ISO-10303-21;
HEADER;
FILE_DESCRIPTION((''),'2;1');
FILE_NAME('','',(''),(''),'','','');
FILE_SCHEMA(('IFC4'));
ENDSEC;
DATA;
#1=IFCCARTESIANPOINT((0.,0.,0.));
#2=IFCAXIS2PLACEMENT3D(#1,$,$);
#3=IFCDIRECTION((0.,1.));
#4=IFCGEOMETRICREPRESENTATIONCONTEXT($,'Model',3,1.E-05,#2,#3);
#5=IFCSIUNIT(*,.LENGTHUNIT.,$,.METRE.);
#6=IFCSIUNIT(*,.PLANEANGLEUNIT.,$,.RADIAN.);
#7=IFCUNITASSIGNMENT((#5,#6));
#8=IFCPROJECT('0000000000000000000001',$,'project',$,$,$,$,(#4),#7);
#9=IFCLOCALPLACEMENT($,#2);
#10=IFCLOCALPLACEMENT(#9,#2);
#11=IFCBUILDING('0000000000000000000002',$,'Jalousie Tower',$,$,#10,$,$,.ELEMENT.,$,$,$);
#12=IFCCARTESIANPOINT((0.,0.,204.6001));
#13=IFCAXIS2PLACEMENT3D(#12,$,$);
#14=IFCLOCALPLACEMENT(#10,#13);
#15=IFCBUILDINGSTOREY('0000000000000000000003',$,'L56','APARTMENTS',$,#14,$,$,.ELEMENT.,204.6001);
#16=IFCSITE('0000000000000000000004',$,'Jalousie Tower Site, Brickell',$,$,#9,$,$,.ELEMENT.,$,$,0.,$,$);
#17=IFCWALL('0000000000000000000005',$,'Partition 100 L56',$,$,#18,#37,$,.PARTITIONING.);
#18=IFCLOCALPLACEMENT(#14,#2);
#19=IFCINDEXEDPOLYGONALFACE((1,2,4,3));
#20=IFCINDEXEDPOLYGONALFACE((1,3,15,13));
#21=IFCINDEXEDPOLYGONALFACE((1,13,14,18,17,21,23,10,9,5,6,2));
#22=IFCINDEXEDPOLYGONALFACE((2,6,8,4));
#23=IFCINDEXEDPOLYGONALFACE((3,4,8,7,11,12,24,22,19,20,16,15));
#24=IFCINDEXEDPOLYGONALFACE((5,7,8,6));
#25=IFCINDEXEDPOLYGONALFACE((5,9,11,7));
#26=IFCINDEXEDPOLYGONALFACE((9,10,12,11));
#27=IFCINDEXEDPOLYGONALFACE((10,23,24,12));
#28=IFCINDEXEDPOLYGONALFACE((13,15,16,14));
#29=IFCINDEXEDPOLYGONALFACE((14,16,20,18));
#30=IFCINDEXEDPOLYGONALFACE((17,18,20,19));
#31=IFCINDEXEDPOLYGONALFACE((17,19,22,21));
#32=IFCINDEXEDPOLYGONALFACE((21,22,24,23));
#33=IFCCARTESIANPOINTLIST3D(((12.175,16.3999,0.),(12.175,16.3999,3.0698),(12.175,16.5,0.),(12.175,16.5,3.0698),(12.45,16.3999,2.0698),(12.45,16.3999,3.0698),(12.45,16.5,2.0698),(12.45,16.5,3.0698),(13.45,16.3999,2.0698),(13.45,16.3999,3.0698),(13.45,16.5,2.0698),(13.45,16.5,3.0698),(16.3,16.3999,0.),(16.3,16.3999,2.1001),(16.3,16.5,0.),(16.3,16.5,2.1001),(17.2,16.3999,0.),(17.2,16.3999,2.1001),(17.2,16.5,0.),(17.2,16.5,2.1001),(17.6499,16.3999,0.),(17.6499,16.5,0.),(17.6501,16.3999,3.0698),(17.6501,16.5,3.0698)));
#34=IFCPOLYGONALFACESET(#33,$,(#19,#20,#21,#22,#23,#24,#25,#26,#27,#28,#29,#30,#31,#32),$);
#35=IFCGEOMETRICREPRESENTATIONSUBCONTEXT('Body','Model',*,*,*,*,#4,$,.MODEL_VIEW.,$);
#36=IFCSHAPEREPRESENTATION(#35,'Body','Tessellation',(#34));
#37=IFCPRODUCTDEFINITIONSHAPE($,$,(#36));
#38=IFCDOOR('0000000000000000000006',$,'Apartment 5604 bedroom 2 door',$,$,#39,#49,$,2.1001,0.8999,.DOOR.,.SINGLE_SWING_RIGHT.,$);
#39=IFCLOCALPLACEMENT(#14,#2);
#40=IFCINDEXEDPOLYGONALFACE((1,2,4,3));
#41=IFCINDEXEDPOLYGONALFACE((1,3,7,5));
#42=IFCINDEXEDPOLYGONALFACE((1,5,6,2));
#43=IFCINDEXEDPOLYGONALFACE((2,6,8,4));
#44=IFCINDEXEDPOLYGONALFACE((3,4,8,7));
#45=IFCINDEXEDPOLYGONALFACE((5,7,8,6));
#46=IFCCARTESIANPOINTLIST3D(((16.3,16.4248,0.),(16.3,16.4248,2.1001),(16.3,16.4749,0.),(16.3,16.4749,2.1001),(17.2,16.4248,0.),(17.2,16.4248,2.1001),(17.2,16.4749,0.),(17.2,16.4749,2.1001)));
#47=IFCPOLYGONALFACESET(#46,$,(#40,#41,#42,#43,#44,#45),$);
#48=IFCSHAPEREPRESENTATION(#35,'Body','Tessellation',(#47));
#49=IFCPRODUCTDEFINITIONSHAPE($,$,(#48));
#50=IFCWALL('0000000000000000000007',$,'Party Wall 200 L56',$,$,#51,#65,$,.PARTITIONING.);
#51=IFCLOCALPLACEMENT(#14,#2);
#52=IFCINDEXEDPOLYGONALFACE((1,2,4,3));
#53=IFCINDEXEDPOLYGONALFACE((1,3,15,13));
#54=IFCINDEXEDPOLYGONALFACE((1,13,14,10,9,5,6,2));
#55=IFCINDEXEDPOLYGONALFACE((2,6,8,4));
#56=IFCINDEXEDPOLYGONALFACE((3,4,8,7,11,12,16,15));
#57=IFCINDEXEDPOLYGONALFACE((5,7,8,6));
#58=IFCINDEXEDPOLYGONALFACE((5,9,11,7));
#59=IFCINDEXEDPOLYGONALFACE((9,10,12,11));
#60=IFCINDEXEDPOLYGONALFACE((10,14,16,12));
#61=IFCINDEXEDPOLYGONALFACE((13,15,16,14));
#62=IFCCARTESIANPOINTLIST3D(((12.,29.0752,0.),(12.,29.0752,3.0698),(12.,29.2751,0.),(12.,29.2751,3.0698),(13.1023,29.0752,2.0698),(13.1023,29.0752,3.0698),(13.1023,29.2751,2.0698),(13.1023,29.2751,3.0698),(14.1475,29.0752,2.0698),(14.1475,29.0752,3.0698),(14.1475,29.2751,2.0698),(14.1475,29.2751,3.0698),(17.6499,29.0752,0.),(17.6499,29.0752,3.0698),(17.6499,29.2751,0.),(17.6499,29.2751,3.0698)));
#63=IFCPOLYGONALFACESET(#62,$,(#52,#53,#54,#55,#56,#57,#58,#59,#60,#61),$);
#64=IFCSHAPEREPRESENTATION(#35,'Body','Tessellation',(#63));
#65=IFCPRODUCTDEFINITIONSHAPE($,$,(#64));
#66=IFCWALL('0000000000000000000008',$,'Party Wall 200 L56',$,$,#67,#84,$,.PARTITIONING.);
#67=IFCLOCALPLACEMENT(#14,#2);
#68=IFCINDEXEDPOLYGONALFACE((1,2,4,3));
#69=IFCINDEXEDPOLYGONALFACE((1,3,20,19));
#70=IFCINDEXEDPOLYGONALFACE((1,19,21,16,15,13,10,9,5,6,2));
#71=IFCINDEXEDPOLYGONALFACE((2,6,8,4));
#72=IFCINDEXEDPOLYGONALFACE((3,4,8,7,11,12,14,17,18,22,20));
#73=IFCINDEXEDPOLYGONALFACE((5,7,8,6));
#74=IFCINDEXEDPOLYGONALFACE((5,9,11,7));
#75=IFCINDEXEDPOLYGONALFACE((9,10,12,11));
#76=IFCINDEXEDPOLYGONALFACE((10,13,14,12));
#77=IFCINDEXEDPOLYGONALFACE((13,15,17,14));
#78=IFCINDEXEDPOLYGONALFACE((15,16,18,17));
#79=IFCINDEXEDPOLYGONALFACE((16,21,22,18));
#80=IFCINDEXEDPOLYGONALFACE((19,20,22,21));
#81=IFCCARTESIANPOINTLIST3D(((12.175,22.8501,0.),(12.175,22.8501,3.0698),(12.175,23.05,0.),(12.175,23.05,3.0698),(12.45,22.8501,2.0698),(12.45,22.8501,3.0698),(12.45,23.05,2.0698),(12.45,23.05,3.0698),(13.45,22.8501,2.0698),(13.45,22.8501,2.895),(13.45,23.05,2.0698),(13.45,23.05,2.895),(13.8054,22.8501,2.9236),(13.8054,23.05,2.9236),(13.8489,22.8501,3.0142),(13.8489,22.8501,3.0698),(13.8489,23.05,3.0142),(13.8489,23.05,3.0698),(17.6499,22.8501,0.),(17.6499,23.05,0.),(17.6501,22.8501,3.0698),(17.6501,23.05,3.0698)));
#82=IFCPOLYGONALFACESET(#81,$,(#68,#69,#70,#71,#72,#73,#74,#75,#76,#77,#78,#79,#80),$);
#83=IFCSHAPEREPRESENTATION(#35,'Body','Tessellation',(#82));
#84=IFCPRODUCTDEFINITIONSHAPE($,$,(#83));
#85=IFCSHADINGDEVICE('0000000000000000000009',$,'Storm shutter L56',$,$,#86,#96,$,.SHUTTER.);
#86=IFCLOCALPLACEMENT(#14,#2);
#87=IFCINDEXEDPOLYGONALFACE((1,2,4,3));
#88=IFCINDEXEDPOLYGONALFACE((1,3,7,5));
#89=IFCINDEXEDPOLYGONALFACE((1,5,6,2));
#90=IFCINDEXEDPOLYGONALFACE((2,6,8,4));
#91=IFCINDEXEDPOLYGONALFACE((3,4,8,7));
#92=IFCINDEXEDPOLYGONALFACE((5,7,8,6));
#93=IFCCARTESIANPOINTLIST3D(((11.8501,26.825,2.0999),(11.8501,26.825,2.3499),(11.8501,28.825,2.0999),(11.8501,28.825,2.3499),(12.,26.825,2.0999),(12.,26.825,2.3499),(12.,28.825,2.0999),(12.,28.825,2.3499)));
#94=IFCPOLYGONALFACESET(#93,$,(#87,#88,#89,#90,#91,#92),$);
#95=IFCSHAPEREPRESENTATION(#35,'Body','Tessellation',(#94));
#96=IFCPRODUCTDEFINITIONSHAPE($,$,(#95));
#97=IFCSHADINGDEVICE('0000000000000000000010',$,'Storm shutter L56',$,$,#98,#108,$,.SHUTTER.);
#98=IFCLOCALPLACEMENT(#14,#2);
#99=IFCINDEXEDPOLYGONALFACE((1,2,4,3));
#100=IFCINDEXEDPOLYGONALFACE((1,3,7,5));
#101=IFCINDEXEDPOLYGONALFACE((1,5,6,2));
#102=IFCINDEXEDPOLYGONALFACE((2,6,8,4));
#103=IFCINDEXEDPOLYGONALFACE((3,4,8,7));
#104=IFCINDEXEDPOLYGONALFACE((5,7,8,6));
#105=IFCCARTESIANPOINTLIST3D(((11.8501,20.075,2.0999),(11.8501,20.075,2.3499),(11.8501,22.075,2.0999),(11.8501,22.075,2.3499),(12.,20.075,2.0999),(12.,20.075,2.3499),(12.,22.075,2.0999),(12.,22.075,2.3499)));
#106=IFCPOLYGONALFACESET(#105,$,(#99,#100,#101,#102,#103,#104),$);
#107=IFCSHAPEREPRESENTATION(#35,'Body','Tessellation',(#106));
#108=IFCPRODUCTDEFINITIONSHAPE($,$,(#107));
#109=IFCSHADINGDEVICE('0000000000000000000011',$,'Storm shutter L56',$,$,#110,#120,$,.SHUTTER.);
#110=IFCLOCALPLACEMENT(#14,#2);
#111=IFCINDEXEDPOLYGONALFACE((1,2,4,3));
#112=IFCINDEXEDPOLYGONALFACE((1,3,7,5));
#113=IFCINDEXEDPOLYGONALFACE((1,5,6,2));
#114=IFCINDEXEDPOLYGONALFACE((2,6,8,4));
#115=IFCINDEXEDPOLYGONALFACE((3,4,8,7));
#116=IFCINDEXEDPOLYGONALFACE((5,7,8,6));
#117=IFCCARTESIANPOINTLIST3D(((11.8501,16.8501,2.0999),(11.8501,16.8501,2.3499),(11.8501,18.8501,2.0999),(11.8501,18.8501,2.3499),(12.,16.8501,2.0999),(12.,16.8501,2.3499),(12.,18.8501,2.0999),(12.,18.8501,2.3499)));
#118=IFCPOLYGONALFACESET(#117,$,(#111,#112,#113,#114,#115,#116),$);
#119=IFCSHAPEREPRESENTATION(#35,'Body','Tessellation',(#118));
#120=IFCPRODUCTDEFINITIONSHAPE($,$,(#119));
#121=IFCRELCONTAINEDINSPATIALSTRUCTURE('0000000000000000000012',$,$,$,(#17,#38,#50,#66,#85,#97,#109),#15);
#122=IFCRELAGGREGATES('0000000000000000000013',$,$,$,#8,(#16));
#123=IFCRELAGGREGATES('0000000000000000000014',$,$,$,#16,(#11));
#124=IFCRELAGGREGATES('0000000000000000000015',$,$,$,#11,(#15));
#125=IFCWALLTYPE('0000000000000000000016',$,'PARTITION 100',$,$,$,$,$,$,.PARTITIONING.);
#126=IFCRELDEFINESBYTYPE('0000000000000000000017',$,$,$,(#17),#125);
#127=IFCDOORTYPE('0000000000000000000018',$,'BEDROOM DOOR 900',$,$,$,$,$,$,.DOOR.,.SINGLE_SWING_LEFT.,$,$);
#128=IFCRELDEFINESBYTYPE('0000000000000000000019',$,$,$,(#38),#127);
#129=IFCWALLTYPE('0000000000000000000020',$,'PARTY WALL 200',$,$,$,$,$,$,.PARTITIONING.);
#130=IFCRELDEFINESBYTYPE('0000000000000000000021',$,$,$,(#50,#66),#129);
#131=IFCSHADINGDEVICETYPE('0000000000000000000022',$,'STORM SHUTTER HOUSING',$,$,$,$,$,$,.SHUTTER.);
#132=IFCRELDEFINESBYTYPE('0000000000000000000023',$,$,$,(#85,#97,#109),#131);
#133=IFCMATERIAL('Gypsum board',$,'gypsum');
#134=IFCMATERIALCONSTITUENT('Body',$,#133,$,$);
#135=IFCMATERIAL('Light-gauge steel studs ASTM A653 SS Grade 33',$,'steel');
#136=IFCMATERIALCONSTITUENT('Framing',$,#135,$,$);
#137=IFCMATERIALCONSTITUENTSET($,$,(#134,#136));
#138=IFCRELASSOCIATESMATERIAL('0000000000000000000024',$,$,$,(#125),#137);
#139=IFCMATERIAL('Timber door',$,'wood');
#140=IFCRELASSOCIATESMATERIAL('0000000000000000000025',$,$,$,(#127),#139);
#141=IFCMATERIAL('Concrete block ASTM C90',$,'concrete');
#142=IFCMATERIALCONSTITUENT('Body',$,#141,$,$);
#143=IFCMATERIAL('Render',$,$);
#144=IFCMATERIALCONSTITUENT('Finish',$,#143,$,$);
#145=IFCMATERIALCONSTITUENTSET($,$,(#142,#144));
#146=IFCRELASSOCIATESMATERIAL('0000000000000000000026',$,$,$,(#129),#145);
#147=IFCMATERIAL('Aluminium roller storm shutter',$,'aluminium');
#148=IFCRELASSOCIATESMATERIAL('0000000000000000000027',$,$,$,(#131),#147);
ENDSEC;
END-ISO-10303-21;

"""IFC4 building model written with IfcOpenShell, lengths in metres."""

from ifc_helpers import new_model, si_unit, direction, frame, frame_2d, origin, origin_2d, place, context, subcontext, project, spatial, polyline, rectangle, outline, extrude, material, constituent, constituent_set, type_object, element, fill, save


model = new_model("IFC4")

# Units and contexts
model_context = context("Model", 3, precision=1e-05, world=origin(), true_north=direction((0.0, 1.0)))
body_context = subcontext(model_context, "Body", "Model", "MODEL_VIEW")
ifc_project = project(units=[si_unit("LENGTHUNIT", "METRE"), si_unit("PLANEANGLEUNIT", "RADIAN")], contexts=[model_context])

# Site, building, storey
site_placement = place(None, origin())
site = spatial("IfcSite", under=ifc_project, at=site_placement, Name="Jalousie Tower Site, Brickell", CompositionType="ELEMENT", RefElevation=0.0)
building_placement = place(site_placement, origin())
building = spatial("IfcBuilding", under=site, at=building_placement, Name="Jalousie Tower", CompositionType="ELEMENT")
storey_placement = place(building_placement, frame((0.0, 0.0, 204.6001)))
storey = spatial("IfcBuildingStorey", under=building, at=storey_placement, Name="L56", Description="APARTMENTS", CompositionType="ELEMENT", Elevation=204.6001)

# Wall, opening, door
ifc_material_1 = material(Name="Gypsum board", Category="gypsum")
ifc_constituent_1 = constituent(ifc_material_1, Name="Body")
ifc_material_2 = material(Name="Light-gauge steel studs ASTM A653 SS Grade 33", Category="steel")
ifc_constituent_2 = constituent(ifc_material_2, Name="Framing")
ifc_constituent_set_1 = constituent_set(constituents=[ifc_constituent_1, ifc_constituent_2])
wall_type_1 = type_object("IfcWallType", Name="PARTITION 100", PredefinedType="PARTITIONING", material=ifc_constituent_set_1)
ifc_material_3 = material(Name="Timber door", Category="wood")
door_type_1 = type_object("IfcDoorType", Name="BEDROOM DOOR 900", OperationType="SINGLE_SWING_LEFT", PredefinedType="DOOR", material=ifc_material_3)
wall_1_placement = place(storey_placement, frame((12.175, 16.45, 0.0), z_axis=(0.0, 0.0, 1.0), x_axis=(1.0, 0.0, 0.0)))
wall_1 = element("IfcWall", 1, at=wall_1_placement, inside=storey, type_object=wall_type_1, Name="Partition 100 L56", PredefinedType="PARTITIONING", context=body_context, shape_type="SweptSolid", body=[
    extrude(outline(polyline([(0.0, 0.0), (5.4749, 0.0), (5.4751, 3.0698), (1.2749, 3.0698), (1.2749, 2.0698), (0.2749, 2.0698), (0.2749, 3.0698), (0.0, 3.0698), (0.0, 0.0)])), frame((0.0, 0.05, 0.0), z_axis=(0.0, -1.0, 0.0), x_axis=(1.0, 0.0, 0.0)), (0.0, 0.0, 1.0), 0.1001),
])
opening_1_placement = place(wall_1_placement, frame((4.125, 0.0, 0.0)))
opening_1 = element("IfcOpeningElement", 2, at=opening_1_placement, cuts=wall_1, PredefinedType="OPENING", context=body_context, shape_type="SweptSolid", body=[
    extrude(rectangle(XDim=0.8999, YDim=2.1001, at=frame_2d((0.45, 1.05))), frame((0.0, 0.0601, 0.0), z_axis=(0.0, -1.0, 0.0), x_axis=(1.0, 0.0, 0.0)), (0.0, 0.0, 1.0), 0.1201),
])
door_1_placement = place(opening_1_placement, origin())
door_1 = element("IfcDoor", 3, at=door_1_placement, inside=storey, type_object=door_type_1, Name="Apartment 5604 bedroom 2 door", OperationType="SINGLE_SWING_RIGHT", OverallHeight=2.1001, OverallWidth=0.8999, PredefinedType="DOOR", context=body_context, shape_type="SweptSolid", body=[
    extrude(rectangle(XDim=0.8999, YDim=2.1001, at=frame_2d((0.45, 1.05))), frame((0.0, 0.0249, 0.0), z_axis=(0.0, -1.0, 0.0), x_axis=(1.0, 0.0, 0.0)), (0.0, 0.0, 1.0), 0.05),
])
fill(opening_1, door_1)

# Walls
ifc_material_4 = material(Name="Concrete block ASTM C90", Category="concrete")
ifc_constituent_3 = constituent(ifc_material_4, Name="Body")
ifc_material_5 = material(Name="Render")
ifc_constituent_4 = constituent(ifc_material_5, Name="Finish")
ifc_constituent_set_2 = constituent_set(constituents=[ifc_constituent_3, ifc_constituent_4])
wall_type_2 = type_object("IfcWallType", Name="PARTY WALL 200", PredefinedType="PARTITIONING", material=ifc_constituent_set_2)
wall_2_placement = place(storey_placement, frame((12.0, 29.175, 0.0), z_axis=(0.0, 0.0, 1.0), x_axis=(1.0, 0.0, 0.0)))
element("IfcWall", 4, at=wall_2_placement, inside=storey, type_object=wall_type_2, Name="Party Wall 200 L56", PredefinedType="PARTITIONING", context=body_context, shape_type="SweptSolid", body=[
    extrude(outline(polyline([(0.0, 0.0), (5.6499, 0.0), (5.6499, 3.0698), (2.1475, 3.0698), (2.1475, 2.0698), (1.1023, 2.0698), (1.1023, 3.0698), (0.0, 3.0698), (0.0, 0.0)])), frame((0.0, 0.1001, 0.0), z_axis=(0.0, -1.0, 0.0), x_axis=(1.0, 0.0, 0.0)), (0.0, 0.0, 1.0), 0.2),
])
wall_3_placement = place(storey_placement, frame((12.175, 22.95, 0.0), z_axis=(0.0, 0.0, 1.0), x_axis=(1.0, 0.0, 0.0)))
element("IfcWall", 5, at=wall_3_placement, inside=storey, type_object=wall_type_2, Name="Party Wall 200 L56", PredefinedType="PARTITIONING", context=body_context, shape_type="SweptSolid", body=[
    extrude(outline(polyline([(0.0, 0.0), (5.4749, 0.0), (5.4751, 3.0698), (1.6738, 3.0698), (1.6738, 3.0142), (1.6304, 2.9236), (1.2749, 2.895), (1.2749, 2.0698), (0.2749, 2.0698), (0.2749, 3.0698), (0.0, 3.0698), (0.0, 0.0)])), frame((0.0, 0.1001, 0.0), z_axis=(0.0, -1.0, 0.0), x_axis=(1.0, 0.0, 0.0)), (0.0, 0.0, 1.0), 0.2),
])

# Shading devices
ifc_material_6 = material(Name="Aluminium roller storm shutter", Category="aluminium")
shading_device_type = type_object("IfcShadingDeviceType", Name="STORM SHUTTER HOUSING", PredefinedType="SHUTTER", material=ifc_material_6)
for number, where, z_axis, x_axis, name in (
    (6, (11.925, 27.825, 2.0999), (0.0, 0.0, 1.0), (0.0, -1.0, 0.0), "Storm shutter L56"),
    (7, (11.925, 21.075, 2.0999), (0.0, 0.0, 1.0), (0.0, -1.0, 0.0), "Storm shutter L56"),
    (8, (11.925, 17.8501, 2.0999), (0.0, 0.0, 1.0), (0.0, -1.0, 0.0), "Storm shutter L56"),
):
    element("IfcShadingDevice", number, at=place(storey_placement, frame(where, z_axis=z_axis, x_axis=x_axis)), inside=storey, type_object=shading_device_type, Name=name, PredefinedType="SHUTTER", context=body_context, shape_type="SweptSolid", body=[
        extrude(rectangle(XDim=2.0, YDim=0.1499, at=origin_2d()), origin(), (0.0, 0.0, 1.0), 0.25),
    ])

save(model, "model.ifc")
